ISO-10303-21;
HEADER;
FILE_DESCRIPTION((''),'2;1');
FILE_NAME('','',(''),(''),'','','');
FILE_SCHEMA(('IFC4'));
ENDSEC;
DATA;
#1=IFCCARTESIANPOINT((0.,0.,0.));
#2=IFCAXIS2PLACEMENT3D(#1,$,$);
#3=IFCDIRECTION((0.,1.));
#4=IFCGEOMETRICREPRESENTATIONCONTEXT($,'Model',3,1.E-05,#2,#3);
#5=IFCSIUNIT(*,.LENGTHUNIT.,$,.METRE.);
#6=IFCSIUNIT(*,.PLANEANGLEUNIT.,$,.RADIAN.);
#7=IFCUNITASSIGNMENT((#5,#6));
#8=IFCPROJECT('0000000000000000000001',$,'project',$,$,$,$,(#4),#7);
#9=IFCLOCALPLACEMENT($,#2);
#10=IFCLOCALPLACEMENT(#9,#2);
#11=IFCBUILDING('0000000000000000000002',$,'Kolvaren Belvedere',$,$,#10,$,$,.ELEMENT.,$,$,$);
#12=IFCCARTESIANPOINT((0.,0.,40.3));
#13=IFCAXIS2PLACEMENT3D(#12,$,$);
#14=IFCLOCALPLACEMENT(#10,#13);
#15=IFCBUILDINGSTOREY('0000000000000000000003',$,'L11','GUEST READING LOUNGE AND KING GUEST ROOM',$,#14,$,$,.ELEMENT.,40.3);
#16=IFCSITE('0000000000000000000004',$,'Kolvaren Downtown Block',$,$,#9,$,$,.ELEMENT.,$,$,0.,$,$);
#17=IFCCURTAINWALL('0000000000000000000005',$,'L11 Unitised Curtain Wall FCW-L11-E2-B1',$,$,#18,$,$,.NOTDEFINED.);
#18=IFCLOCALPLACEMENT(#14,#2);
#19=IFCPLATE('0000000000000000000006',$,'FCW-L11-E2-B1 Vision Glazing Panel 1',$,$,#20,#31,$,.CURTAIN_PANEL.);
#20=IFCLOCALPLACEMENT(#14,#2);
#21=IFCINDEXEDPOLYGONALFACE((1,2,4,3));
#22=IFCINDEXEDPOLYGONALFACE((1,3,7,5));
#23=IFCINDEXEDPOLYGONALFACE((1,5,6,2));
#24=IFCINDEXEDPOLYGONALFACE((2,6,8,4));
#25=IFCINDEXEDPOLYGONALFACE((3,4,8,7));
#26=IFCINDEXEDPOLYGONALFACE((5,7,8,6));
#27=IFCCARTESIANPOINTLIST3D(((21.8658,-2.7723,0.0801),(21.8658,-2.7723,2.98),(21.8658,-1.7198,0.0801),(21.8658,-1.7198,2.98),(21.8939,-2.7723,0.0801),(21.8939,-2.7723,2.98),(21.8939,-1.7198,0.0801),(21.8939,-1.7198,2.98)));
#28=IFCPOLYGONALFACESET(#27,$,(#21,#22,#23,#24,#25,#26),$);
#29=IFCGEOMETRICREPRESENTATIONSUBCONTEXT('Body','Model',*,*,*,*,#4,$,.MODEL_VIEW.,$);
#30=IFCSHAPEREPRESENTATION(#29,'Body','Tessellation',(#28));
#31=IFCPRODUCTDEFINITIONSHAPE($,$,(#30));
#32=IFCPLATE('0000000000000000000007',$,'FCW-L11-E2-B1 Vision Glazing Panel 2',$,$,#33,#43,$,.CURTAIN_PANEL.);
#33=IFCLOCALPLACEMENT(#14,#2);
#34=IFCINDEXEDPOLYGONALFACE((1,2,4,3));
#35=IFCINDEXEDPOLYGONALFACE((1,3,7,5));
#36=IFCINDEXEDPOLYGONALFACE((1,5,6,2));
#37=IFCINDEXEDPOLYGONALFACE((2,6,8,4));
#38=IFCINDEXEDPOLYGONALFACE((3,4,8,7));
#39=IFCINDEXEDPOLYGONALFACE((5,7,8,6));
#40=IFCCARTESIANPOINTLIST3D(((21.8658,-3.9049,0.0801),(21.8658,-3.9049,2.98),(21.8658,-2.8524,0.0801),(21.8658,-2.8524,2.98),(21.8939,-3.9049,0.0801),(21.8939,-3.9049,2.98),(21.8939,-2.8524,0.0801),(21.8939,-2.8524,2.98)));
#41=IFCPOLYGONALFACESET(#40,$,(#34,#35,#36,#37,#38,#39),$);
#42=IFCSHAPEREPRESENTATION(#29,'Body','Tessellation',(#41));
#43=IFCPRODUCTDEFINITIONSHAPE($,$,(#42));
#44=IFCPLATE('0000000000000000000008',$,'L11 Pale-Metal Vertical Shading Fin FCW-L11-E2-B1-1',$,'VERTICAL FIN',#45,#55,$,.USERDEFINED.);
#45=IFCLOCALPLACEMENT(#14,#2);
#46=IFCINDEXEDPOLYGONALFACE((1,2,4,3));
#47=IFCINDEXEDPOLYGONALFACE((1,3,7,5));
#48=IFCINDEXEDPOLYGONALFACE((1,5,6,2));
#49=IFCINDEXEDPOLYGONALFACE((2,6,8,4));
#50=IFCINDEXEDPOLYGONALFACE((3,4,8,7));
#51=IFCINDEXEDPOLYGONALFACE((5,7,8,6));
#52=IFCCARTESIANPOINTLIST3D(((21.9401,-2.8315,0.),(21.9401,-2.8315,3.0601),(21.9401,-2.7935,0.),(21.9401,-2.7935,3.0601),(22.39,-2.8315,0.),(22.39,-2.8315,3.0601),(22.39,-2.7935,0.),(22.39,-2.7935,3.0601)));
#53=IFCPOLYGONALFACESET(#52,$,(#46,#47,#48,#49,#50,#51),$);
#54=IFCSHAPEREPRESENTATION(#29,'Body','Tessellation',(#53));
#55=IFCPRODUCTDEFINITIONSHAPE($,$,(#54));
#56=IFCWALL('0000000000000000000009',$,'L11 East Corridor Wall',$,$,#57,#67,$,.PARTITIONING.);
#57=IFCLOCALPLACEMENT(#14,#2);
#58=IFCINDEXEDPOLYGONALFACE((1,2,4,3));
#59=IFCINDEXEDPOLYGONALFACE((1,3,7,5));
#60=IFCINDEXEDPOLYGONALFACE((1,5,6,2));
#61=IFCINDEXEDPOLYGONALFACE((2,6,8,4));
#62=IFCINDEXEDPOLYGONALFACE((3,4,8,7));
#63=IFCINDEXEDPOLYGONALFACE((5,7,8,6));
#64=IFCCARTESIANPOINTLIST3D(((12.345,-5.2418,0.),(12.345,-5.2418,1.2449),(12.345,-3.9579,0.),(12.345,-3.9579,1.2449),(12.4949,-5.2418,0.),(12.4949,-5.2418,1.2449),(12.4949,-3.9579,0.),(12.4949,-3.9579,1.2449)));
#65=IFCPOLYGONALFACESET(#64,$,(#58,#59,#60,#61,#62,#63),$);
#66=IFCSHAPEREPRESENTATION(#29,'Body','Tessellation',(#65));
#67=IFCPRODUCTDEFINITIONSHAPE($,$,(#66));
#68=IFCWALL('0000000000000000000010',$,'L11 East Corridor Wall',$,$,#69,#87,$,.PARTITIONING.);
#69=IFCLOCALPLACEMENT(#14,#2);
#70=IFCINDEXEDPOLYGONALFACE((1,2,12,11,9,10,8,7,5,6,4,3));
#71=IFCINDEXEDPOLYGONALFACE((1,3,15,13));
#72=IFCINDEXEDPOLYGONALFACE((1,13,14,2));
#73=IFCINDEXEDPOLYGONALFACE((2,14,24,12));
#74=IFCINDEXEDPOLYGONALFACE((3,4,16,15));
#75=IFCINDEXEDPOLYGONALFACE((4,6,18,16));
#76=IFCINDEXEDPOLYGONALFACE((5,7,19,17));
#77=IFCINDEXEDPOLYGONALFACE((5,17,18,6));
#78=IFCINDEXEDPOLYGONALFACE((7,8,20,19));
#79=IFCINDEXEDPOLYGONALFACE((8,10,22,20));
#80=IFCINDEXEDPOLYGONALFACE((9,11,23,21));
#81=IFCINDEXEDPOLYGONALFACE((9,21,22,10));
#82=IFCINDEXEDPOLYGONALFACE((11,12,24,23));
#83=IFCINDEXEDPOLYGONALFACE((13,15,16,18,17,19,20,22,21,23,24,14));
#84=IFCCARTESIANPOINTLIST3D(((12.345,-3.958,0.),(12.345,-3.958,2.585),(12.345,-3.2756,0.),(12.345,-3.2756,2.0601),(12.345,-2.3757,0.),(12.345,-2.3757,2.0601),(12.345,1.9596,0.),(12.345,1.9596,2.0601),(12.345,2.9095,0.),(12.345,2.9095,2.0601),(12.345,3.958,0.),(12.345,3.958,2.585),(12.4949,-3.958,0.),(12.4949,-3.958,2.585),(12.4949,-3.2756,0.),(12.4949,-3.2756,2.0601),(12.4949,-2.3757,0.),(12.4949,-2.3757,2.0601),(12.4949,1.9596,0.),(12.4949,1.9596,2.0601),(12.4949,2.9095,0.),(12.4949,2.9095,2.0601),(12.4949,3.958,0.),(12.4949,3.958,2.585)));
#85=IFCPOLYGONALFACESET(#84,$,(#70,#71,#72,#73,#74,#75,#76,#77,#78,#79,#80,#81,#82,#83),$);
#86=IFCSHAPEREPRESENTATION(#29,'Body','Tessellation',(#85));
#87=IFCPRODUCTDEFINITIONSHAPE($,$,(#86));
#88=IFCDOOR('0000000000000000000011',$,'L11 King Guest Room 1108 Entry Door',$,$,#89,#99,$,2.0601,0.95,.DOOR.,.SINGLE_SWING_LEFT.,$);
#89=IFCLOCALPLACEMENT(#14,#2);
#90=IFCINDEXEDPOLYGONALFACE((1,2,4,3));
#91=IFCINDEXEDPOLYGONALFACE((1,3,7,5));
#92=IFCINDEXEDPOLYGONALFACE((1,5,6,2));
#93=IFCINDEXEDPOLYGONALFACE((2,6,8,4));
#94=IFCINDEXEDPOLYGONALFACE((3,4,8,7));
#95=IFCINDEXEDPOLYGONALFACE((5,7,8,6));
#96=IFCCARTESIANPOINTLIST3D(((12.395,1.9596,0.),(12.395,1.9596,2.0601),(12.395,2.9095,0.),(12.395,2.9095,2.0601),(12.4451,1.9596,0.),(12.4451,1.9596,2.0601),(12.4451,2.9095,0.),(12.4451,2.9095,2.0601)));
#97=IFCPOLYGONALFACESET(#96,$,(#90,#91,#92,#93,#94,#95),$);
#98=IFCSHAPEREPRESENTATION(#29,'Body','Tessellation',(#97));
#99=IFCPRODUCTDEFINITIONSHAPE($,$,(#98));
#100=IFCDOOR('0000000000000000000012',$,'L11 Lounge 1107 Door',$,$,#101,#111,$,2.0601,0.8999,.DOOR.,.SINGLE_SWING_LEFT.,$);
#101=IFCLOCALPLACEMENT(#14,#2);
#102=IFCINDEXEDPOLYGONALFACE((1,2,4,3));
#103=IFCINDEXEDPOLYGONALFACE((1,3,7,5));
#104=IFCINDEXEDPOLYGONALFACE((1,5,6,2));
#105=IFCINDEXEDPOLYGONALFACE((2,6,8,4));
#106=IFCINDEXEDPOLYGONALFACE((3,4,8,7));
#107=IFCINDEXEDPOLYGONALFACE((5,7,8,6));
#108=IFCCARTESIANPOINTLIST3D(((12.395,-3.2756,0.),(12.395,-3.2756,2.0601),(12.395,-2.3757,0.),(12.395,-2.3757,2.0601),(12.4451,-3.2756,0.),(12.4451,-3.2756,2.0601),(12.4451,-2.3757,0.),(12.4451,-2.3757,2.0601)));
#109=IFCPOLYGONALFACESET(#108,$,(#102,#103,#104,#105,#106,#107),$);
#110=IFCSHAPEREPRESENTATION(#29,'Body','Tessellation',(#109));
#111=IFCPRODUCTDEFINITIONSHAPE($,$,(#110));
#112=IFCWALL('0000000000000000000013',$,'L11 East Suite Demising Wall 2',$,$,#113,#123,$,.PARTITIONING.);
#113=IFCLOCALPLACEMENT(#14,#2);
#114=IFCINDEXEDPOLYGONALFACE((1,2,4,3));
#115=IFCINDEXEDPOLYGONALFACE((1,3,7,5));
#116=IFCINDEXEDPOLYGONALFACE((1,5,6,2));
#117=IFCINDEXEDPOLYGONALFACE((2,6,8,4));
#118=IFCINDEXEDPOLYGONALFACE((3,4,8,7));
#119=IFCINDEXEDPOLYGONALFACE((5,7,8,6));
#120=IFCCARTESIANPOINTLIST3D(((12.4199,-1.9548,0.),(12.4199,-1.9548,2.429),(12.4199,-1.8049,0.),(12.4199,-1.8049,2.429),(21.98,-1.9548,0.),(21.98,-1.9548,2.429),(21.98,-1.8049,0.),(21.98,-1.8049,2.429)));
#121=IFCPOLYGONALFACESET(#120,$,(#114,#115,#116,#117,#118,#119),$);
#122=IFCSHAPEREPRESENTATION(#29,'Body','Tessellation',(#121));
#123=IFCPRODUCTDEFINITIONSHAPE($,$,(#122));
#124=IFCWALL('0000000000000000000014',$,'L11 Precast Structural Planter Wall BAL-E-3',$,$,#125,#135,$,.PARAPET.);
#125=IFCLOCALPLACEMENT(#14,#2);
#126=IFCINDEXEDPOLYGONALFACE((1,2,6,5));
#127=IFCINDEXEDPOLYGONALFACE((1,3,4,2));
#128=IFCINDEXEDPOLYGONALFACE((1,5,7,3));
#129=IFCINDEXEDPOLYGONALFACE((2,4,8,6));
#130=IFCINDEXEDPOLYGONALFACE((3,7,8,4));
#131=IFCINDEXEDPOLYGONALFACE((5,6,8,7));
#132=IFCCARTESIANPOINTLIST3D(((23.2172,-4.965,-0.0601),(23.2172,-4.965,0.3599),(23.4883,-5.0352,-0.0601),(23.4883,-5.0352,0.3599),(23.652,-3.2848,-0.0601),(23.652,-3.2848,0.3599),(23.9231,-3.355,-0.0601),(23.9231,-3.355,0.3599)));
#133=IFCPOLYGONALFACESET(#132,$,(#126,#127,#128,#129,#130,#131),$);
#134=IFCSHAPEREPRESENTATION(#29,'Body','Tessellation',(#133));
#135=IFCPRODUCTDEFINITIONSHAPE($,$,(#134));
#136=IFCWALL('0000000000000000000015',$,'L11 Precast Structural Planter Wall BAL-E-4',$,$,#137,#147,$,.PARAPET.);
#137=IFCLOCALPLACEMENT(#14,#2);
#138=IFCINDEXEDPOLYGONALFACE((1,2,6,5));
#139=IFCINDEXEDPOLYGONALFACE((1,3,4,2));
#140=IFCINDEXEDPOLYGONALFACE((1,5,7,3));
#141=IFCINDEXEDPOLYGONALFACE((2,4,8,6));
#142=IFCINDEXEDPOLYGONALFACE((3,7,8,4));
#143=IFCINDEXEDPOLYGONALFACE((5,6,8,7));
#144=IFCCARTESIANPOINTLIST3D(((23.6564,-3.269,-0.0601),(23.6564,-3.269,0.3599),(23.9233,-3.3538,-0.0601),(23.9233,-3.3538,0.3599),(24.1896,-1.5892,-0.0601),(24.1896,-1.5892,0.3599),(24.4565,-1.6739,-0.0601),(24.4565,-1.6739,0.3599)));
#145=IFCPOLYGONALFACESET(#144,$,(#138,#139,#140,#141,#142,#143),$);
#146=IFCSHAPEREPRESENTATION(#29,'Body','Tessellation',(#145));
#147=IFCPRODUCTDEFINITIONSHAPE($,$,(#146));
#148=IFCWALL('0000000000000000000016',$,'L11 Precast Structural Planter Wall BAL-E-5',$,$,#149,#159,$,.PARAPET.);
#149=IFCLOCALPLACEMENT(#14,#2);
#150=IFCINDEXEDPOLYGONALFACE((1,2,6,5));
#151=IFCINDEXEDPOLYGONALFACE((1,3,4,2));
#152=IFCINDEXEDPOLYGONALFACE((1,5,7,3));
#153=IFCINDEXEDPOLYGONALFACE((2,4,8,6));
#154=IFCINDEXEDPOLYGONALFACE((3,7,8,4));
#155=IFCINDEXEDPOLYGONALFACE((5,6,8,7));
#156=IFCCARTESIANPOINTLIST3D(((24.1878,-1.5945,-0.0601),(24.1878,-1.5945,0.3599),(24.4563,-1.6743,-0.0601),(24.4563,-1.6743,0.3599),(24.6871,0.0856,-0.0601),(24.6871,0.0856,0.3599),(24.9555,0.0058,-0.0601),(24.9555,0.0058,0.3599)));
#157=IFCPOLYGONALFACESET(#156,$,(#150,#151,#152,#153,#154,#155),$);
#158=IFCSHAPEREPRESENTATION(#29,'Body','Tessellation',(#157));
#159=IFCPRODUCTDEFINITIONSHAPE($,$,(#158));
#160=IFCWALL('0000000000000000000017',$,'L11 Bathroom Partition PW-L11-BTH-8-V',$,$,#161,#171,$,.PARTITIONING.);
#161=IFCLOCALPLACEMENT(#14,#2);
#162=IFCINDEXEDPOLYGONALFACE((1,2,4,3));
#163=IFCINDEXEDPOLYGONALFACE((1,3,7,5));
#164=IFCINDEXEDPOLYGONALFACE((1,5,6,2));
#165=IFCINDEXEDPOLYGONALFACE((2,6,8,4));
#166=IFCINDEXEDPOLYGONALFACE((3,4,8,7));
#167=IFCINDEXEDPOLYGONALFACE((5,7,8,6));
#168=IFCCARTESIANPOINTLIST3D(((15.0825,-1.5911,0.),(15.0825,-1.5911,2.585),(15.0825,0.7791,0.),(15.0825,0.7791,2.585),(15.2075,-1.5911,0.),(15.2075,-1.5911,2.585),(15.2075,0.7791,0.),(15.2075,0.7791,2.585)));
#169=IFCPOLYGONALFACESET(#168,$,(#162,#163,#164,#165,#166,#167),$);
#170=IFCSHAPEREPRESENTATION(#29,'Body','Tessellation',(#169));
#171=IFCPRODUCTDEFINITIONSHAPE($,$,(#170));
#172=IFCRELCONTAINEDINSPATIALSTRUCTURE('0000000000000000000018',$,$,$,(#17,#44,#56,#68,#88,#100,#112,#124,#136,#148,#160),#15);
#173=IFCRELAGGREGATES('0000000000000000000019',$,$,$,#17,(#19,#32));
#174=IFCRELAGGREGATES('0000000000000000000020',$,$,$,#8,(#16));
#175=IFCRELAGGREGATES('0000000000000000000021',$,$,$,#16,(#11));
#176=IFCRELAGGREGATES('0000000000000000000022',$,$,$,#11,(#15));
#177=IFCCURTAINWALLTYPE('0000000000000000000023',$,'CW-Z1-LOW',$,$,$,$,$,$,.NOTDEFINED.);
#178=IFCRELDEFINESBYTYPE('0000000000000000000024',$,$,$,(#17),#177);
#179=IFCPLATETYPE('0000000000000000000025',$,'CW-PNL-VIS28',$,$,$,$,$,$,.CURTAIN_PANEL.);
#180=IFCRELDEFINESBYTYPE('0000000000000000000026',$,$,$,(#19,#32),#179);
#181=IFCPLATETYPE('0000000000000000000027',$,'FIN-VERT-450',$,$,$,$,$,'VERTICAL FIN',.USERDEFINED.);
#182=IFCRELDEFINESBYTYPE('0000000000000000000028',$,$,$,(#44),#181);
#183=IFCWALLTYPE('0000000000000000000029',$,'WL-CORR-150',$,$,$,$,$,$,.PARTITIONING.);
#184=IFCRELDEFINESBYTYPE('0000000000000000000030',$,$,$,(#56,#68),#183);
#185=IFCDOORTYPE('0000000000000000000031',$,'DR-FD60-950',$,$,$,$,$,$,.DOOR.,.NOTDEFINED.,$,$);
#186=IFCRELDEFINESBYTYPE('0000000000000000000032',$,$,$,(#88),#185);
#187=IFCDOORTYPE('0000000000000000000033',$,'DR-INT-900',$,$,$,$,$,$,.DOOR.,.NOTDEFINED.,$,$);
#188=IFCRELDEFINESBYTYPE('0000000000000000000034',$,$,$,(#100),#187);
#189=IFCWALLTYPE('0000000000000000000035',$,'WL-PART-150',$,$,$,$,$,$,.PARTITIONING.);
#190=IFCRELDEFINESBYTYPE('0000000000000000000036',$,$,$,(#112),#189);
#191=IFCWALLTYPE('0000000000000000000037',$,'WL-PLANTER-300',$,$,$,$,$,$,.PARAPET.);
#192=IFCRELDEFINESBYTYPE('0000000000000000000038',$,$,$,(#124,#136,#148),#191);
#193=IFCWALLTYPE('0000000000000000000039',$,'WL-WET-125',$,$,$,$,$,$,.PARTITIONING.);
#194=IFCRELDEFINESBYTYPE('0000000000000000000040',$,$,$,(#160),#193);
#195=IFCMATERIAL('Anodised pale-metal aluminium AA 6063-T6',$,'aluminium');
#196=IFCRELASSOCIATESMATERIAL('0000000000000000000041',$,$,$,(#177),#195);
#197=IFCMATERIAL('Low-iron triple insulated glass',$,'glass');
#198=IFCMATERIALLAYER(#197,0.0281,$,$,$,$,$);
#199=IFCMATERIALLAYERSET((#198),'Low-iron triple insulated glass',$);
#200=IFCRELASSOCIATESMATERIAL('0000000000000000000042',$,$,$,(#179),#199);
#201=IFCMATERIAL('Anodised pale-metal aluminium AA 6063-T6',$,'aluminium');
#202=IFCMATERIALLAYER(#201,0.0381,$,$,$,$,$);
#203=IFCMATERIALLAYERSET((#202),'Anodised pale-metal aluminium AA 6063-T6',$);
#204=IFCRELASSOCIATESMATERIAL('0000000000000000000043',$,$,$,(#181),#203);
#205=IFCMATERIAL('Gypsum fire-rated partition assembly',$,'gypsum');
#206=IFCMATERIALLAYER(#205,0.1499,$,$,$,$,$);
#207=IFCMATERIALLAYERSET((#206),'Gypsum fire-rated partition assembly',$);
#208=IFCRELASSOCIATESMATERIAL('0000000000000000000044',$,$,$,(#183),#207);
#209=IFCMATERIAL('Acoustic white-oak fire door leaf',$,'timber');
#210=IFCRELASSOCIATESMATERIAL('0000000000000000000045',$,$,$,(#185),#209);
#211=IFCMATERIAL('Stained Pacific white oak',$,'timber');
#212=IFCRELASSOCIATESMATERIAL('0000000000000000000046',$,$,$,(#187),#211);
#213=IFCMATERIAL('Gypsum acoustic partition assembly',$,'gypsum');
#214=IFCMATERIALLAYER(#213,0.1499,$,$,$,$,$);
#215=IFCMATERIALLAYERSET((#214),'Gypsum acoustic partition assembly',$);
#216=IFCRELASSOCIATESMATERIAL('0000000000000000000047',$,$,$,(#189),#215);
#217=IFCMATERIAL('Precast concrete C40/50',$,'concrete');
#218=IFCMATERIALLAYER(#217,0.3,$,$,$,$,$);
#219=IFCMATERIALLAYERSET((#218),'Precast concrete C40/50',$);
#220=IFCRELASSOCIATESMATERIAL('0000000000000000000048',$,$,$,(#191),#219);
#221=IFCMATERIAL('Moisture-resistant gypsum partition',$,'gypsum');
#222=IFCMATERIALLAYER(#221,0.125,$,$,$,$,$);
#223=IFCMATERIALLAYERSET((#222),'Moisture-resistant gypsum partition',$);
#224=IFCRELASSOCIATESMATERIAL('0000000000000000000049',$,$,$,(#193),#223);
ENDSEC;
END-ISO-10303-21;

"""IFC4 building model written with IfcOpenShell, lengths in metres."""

from ifc_helpers import new_model, si_unit, direction, frame, frame_2d, origin, origin_2d, place, context, subcontext, project, spatial, rectangle, extrude, material, layer, layer_set, type_object, element, fill, aggregate, save


model = new_model("IFC4")

# Units and contexts
model_context = context("Model", 3, precision=1e-05, world=origin(), true_north=direction((0.0, 1.0)))
body_context = subcontext(model_context, "Body", "Model", "MODEL_VIEW")
ifc_project = project(units=[si_unit("LENGTHUNIT", "METRE"), si_unit("PLANEANGLEUNIT", "RADIAN")], contexts=[model_context])

# Site, building, storey
site_placement = place(None, origin())
site = spatial("IfcSite", under=ifc_project, at=site_placement, Name="Kolvaren Downtown Block", CompositionType="ELEMENT", RefElevation=0.0)
building_placement = place(site_placement, origin())
building = spatial("IfcBuilding", under=site, at=building_placement, Name="Kolvaren Belvedere", CompositionType="ELEMENT")
storey_placement = place(building_placement, frame((0.0, 0.0, 40.3)))
storey = spatial("IfcBuildingStorey", under=building, at=storey_placement, Name="L11", Description="GUEST READING LOUNGE AND KING GUEST ROOM", CompositionType="ELEMENT", Elevation=40.3)

# Curtain wall
ifc_material_1 = material(Name="Anodised pale-metal aluminium AA 6063-T6", Category="aluminium")
curtain_wall_type = type_object("IfcCurtainWallType", Name="CW-Z1-LOW", PredefinedType="NOTDEFINED", material=ifc_material_1)
curtain_wall_1_placement = place(storey_placement, origin())
curtain_wall_1 = element("IfcCurtainWall", 1, at=curtain_wall_1_placement, inside=storey, type_object=curtain_wall_type, Name="L11 Unitised Curtain Wall FCW-L11-E2-B1", PredefinedType="NOTDEFINED")

# Plates
ifc_material_2 = material(Name="Low-iron triple insulated glass", Category="glass")
ifc_layer_1 = layer(ifc_material_2, 0.0281)
ifc_layer_set_1 = layer_set([ifc_layer_1], Name="Low-iron triple insulated glass")
plate_type_1 = type_object("IfcPlateType", Name="CW-PNL-VIS28", PredefinedType="CURTAIN_PANEL", material=ifc_layer_set_1)
plate_1_placement = place(storey_placement, frame((21.8799, -2.2461, 0.0801), z_axis=(0.0, 0.0, 1.0), x_axis=(0.0, -1.0, 0.0)))
plate_1 = element("IfcPlate", 2, at=plate_1_placement, type_object=plate_type_1, Name="FCW-L11-E2-B1 Vision Glazing Panel 1", PredefinedType="CURTAIN_PANEL", context=body_context, shape_type="SweptSolid", body=[
    extrude(rectangle(XDim=1.0525, YDim=0.0281, at=origin_2d()), origin(), (0.0, 0.0, 1.0), 2.8999),
])
plate_2_placement = place(storey_placement, frame((21.8799, -3.3787, 0.0801), z_axis=(0.0, 0.0, 1.0), x_axis=(0.0, -1.0, 0.0)))
plate_2 = element("IfcPlate", 3, at=plate_2_placement, type_object=plate_type_1, Name="FCW-L11-E2-B1 Vision Glazing Panel 2", PredefinedType="CURTAIN_PANEL", context=body_context, shape_type="SweptSolid", body=[
    extrude(rectangle(XDim=1.0525, YDim=0.0281, at=origin_2d()), origin(), (0.0, 0.0, 1.0), 2.8999),
])
aggregate(curtain_wall_1, [plate_1, plate_2])
ifc_material_3 = material(Name="Anodised pale-metal aluminium AA 6063-T6", Category="aluminium")
ifc_layer_2 = layer(ifc_material_3, 0.0381)
ifc_layer_set_2 = layer_set([ifc_layer_2], Name="Anodised pale-metal aluminium AA 6063-T6")
plate_type_2 = type_object("IfcPlateType", Name="FIN-VERT-450", ElementType="VERTICAL FIN", PredefinedType="USERDEFINED", material=ifc_layer_set_2)
plate_3_placement = place(storey_placement, frame((22.165, -2.8125, 0.0), z_axis=(0.0, 0.0, 1.0), x_axis=(1.0, 0.0, 0.0)))
element("IfcPlate", 4, at=plate_3_placement, inside=storey, type_object=plate_type_2, Name="L11 Pale-Metal Vertical Shading Fin FCW-L11-E2-B1-1", ObjectType="VERTICAL FIN", PredefinedType="USERDEFINED", context=body_context, shape_type="SweptSolid", body=[
    extrude(rectangle(XDim=0.45, YDim=0.0381, at=origin_2d()), origin(), (0.0, 0.0, 1.0), 3.0601),
])

# Wall
ifc_material_4 = material(Name="Gypsum fire-rated partition assembly", Category="gypsum")
ifc_layer_3 = layer(ifc_material_4, 0.1499)
ifc_layer_set_3 = layer_set([ifc_layer_3], Name="Gypsum fire-rated partition assembly")
wall_type_1 = type_object("IfcWallType", Name="WL-CORR-150", PredefinedType="PARTITIONING", material=ifc_layer_set_3)
wall_1_placement = place(storey_placement, frame((12.4199, -5.2419, 0.0), z_axis=(0.0, 0.0, 1.0), x_axis=(0.0, 1.0, 0.0)))
element("IfcWall", 5, at=wall_1_placement, inside=storey, type_object=wall_type_1, Name="L11 East Corridor Wall", PredefinedType="PARTITIONING", context=body_context, shape_type="SweptSolid", body=[
    extrude(rectangle(XDim=1.2839, YDim=0.1499, at=frame_2d((0.6421, 0.0))), origin(), (0.0, 0.0, 1.0), 1.2449),
])

# Wall, openings, doors
wall_2_placement = place(storey_placement, frame((12.4199, -3.958, 0.0), z_axis=(0.0, 0.0, 1.0), x_axis=(0.0, 1.0, 0.0)))
wall_2 = element("IfcWall", 6, at=wall_2_placement, inside=storey, type_object=wall_type_1, Name="L11 East Corridor Wall", PredefinedType="PARTITIONING", context=body_context, shape_type="SweptSolid", body=[
    extrude(rectangle(XDim=7.916, YDim=0.1499, at=frame_2d((3.958, 0.0))), origin(), (0.0, 0.0, 1.0), 2.585),
])
opening_1_placement = place(wall_2_placement, frame((0.6824, 0.0, 0.0)))
opening_1 = element("IfcOpeningElement", 7, at=opening_1_placement, cuts=wall_2, PredefinedType="OPENING", context=body_context, shape_type="SweptSolid", body=[
    extrude(rectangle(XDim=0.8999, YDim=2.0601, at=frame_2d((0.45, 1.03))), frame((0.0, 0.085, 0.0), z_axis=(0.0, -1.0, 0.0), x_axis=(1.0, 0.0, 0.0)), (0.0, 0.0, 1.0), 0.1699),
])
opening_2_placement = place(wall_2_placement, frame((5.9175, 0.0, 0.0)))
opening_2 = element("IfcOpeningElement", 8, at=opening_2_placement, cuts=wall_2, PredefinedType="OPENING", context=body_context, shape_type="SweptSolid", body=[
    extrude(rectangle(XDim=0.95, YDim=2.0601, at=frame_2d((0.4751, 1.03))), frame((0.0, 0.085, 0.0), z_axis=(0.0, -1.0, 0.0), x_axis=(1.0, 0.0, 0.0)), (0.0, 0.0, 1.0), 0.1699),
])
ifc_material_5 = material(Name="Acoustic white-oak fire door leaf", Category="timber")
door_type_1 = type_object("IfcDoorType", Name="DR-FD60-950", OperationType="NOTDEFINED", PredefinedType="DOOR", material=ifc_material_5)
door_1_placement = place(opening_2_placement, origin())
door_1 = element("IfcDoor", 9, at=door_1_placement, inside=storey, type_object=door_type_1, Name="L11 King Guest Room 1108 Entry Door", OperationType="SINGLE_SWING_LEFT", OverallHeight=2.0601, OverallWidth=0.95, PredefinedType="DOOR", context=body_context, shape_type="SweptSolid", body=[
    extrude(rectangle(XDim=0.95, YDim=2.0601, at=frame_2d((0.4751, 1.03))), frame((0.0, 0.0249, 0.0), z_axis=(0.0, -1.0, 0.0), x_axis=(1.0, 0.0, 0.0)), (0.0, 0.0, 1.0), 0.05),
])
fill(opening_2, door_1)
ifc_material_6 = material(Name="Stained Pacific white oak", Category="timber")
door_type_2 = type_object("IfcDoorType", Name="DR-INT-900", OperationType="NOTDEFINED", PredefinedType="DOOR", material=ifc_material_6)
door_2_placement = place(opening_1_placement, origin())
door_2 = element("IfcDoor", 10, at=door_2_placement, inside=storey, type_object=door_type_2, Name="L11 Lounge 1107 Door", OperationType="SINGLE_SWING_LEFT", OverallHeight=2.0601, OverallWidth=0.8999, PredefinedType="DOOR", context=body_context, shape_type="SweptSolid", body=[
    extrude(rectangle(XDim=0.8999, YDim=2.0601, at=frame_2d((0.45, 1.03))), frame((0.0, 0.0249, 0.0), z_axis=(0.0, -1.0, 0.0), x_axis=(1.0, 0.0, 0.0)), (0.0, 0.0, 1.0), 0.05),
])
fill(opening_1, door_2)

# Walls
ifc_material_7 = material(Name="Gypsum acoustic partition assembly", Category="gypsum")
ifc_layer_4 = layer(ifc_material_7, 0.1499)
ifc_layer_set_4 = layer_set([ifc_layer_4], Name="Gypsum acoustic partition assembly")
wall_type_2 = type_object("IfcWallType", Name="WL-PART-150", PredefinedType="PARTITIONING", material=ifc_layer_set_4)
wall_3_placement = place(storey_placement, frame((12.4199, -1.8799, 0.0), z_axis=(0.0, 0.0, 1.0), x_axis=(1.0, 0.0, 0.0)))
element("IfcWall", 11, at=wall_3_placement, inside=storey, type_object=wall_type_2, Name="L11 East Suite Demising Wall 2", PredefinedType="PARTITIONING", context=body_context, shape_type="SweptSolid", body=[
    extrude(rectangle(XDim=9.5601, YDim=0.1499, at=frame_2d((4.78, 0.0))), origin(), (0.0, 0.0, 1.0), 2.429),
])
ifc_material_8 = material(Name="Precast concrete C40/50", Category="concrete")
ifc_layer_5 = layer(ifc_material_8, 0.3)
ifc_layer_set_5 = layer_set([ifc_layer_5], Name="Precast concrete C40/50")
wall_type_3 = type_object("IfcWallType", Name="WL-PLANTER-300", PredefinedType="PARAPET", material=ifc_layer_set_5)
wall_4_placement = place(storey_placement, frame((23.3528, -5.0, -0.0601), z_axis=(0.0, 0.0, 1.0), x_axis=(0.250537, 0.968107, 0.0)))
element("IfcWall", 12, at=wall_4_placement, inside=storey, type_object=wall_type_3, Name="L11 Precast Structural Planter Wall BAL-E-3", PredefinedType="PARAPET", context=body_context, shape_type="SweptSolid", body=[
    extrude(rectangle(XDim=1.7356, YDim=0.28, at=frame_2d((0.8677, 0.0))), origin(), (0.0, 0.0, 1.0), 0.4199),
])
wall_5_placement = place(storey_placement, frame((23.7898, -3.3115, -0.0601), z_axis=(0.0, 0.0, 1.0), x_axis=(0.302523, 0.953142, 0.0)))
element("IfcWall", 13, at=wall_5_placement, inside=storey, type_object=wall_type_3, Name="L11 Precast Structural Planter Wall BAL-E-4", PredefinedType="PARAPET", context=body_context, shape_type="SweptSolid", body=[
    extrude(rectangle(XDim=1.7625, YDim=0.28, at=frame_2d((0.8813, 0.0))), origin(), (0.0, 0.0, 1.0), 0.4199),
])
wall_6_placement = place(storey_placement, frame((24.322, -1.6345, -0.0601), z_axis=(0.0, 0.0, 1.0), x_axis=(0.284842, 0.958574, 0.0)))
element("IfcWall", 14, at=wall_6_placement, inside=storey, type_object=wall_type_3, Name="L11 Precast Structural Planter Wall BAL-E-5", PredefinedType="PARAPET", context=body_context, shape_type="SweptSolid", body=[
    extrude(rectangle(XDim=1.7527, YDim=0.28, at=frame_2d((0.8765, 0.0))), origin(), (0.0, 0.0, 1.0), 0.4199),
])
ifc_material_9 = material(Name="Moisture-resistant gypsum partition", Category="gypsum")
ifc_layer_6 = layer(ifc_material_9, 0.125)
ifc_layer_set_6 = layer_set([ifc_layer_6], Name="Moisture-resistant gypsum partition")
wall_type_4 = type_object("IfcWallType", Name="WL-WET-125", PredefinedType="PARTITIONING", material=ifc_layer_set_6)
wall_7_placement = place(storey_placement, frame((15.145, -1.5911, 0.0), z_axis=(0.0, 0.0, 1.0), x_axis=(0.0, 1.0, 0.0)))
element("IfcWall", 15, at=wall_7_placement, inside=storey, type_object=wall_type_4, Name="L11 Bathroom Partition PW-L11-BTH-8-V", PredefinedType="PARTITIONING", context=body_context, shape_type="SweptSolid", body=[
    extrude(rectangle(XDim=2.3701, YDim=0.125, at=frame_2d((1.1851, 0.0))), origin(), (0.0, 0.0, 1.0), 2.585),
])

save(model, "model.ifc")
